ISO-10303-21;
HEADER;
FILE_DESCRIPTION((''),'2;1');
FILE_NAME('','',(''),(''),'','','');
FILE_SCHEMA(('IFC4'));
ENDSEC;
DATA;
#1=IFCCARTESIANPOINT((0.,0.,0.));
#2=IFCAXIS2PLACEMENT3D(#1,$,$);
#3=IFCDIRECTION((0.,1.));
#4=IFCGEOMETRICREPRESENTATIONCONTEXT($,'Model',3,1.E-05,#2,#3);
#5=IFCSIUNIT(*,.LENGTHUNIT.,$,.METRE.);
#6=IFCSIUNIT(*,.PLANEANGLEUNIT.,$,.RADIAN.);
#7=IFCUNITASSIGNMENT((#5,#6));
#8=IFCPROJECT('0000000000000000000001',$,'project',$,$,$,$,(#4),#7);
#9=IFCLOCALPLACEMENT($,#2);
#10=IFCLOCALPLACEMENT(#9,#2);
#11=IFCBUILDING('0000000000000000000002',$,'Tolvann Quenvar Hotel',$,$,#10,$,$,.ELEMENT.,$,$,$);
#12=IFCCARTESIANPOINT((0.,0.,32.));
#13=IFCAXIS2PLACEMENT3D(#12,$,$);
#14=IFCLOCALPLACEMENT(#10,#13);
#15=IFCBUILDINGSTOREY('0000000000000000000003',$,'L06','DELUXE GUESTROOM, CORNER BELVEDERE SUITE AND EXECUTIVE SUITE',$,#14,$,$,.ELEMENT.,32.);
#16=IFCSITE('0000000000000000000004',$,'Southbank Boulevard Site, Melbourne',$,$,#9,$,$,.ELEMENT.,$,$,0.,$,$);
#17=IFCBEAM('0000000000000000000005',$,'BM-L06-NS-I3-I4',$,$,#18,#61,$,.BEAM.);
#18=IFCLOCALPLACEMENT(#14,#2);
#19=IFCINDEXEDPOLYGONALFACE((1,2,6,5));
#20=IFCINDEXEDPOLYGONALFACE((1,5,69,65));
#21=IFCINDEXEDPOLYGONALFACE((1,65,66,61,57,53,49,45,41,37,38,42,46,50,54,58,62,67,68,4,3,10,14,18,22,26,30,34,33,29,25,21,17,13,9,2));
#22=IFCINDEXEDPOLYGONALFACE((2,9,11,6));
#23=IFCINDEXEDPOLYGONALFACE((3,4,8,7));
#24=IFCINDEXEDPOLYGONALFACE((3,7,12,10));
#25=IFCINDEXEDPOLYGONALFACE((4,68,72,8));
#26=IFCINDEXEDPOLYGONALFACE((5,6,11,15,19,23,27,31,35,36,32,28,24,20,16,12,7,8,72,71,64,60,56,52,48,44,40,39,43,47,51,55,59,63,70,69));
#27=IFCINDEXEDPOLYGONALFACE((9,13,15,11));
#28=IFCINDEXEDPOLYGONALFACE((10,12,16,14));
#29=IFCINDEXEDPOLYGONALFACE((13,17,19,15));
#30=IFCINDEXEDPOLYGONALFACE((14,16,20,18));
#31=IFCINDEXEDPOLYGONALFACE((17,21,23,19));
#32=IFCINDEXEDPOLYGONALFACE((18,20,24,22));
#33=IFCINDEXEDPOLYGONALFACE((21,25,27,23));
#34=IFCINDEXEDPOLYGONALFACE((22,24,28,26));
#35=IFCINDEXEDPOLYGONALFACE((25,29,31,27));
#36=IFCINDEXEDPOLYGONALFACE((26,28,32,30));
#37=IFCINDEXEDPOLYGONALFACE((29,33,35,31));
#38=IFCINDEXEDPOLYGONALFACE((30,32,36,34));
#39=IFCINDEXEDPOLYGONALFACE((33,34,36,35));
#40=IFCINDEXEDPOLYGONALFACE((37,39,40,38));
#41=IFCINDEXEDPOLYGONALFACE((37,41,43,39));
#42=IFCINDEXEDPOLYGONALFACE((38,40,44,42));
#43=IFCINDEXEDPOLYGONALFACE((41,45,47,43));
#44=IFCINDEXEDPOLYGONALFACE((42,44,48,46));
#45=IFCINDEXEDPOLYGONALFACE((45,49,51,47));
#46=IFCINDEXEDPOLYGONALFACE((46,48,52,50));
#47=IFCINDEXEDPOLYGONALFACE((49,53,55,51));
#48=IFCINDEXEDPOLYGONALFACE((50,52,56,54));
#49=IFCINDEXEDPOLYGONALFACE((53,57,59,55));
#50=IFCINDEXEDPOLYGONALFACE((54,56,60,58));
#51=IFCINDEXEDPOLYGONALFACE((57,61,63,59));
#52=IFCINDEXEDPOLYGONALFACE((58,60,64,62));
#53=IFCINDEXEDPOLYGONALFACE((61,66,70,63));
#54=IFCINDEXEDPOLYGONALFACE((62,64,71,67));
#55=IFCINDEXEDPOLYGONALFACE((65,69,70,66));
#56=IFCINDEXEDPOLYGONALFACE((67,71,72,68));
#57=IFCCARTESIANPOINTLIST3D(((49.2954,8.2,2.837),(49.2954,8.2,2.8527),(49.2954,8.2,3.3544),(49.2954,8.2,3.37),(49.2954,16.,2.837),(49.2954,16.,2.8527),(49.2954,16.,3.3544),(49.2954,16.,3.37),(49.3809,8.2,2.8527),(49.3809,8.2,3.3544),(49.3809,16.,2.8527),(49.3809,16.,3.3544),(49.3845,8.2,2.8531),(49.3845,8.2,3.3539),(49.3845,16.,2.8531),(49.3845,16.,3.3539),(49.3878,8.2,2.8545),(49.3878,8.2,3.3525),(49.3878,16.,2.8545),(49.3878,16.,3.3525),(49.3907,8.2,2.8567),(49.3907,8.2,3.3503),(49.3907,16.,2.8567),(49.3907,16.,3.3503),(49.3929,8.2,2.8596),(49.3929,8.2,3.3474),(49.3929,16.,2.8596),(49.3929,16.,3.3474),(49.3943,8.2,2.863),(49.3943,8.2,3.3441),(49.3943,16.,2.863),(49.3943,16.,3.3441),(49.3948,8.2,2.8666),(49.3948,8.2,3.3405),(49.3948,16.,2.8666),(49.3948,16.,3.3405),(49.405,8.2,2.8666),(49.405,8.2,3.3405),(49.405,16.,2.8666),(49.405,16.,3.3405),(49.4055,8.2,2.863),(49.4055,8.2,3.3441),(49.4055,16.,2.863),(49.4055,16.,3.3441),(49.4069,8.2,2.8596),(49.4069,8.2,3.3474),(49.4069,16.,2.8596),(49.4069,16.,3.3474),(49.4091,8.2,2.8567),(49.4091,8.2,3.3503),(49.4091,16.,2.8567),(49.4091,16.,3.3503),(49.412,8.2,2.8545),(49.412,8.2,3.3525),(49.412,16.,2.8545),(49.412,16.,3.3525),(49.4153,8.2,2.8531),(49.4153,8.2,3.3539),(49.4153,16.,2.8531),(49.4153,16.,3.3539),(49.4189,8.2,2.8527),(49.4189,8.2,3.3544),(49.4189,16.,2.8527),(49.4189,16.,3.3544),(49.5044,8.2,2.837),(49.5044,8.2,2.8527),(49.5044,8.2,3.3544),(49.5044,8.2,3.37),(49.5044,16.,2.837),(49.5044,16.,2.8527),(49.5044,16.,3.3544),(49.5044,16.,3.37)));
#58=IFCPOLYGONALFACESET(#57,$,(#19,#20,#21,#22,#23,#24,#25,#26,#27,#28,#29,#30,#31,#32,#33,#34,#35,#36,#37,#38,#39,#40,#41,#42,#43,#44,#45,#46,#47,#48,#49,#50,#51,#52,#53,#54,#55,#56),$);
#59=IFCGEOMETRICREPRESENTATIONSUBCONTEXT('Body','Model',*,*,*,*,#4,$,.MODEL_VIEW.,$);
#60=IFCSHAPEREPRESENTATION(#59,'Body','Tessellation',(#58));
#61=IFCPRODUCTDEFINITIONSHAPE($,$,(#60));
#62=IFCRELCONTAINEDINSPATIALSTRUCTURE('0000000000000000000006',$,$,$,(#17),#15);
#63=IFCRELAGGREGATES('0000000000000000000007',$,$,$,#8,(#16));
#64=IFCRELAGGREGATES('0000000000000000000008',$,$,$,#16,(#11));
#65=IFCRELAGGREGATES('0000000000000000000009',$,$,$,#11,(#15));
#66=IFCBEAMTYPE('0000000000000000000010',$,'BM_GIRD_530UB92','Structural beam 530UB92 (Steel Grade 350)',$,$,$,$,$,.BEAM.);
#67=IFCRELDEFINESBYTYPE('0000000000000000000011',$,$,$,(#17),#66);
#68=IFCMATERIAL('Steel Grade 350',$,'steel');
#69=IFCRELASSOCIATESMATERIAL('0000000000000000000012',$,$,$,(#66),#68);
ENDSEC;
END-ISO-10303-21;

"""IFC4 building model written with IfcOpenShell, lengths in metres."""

from ifc_helpers import new_model, si_unit, direction, frame, origin, origin_2d, place, context, subcontext, project, spatial, i_section, extrude, source, transform, mapped, material, material_profile, profile_set, type_object, type_shapes, element, save


model = new_model("IFC4")

# Units and contexts
model_context = context("Model", 3, precision=1e-05, world=origin(), true_north=direction((0.0, 1.0)))
body_context = subcontext(model_context, "Body", "Model", "MODEL_VIEW")
ifc_project = project(units=[si_unit("LENGTHUNIT", "METRE"), si_unit("PLANEANGLEUNIT", "RADIAN")], contexts=[model_context])

# Site, building, storey
site_placement = place(None, origin())
site = spatial("IfcSite", under=ifc_project, at=site_placement, Name="Southbank Boulevard Site, Melbourne", CompositionType="ELEMENT", RefElevation=0.0)
building_placement = place(site_placement, origin())
building = spatial("IfcBuilding", under=site, at=building_placement, Name="Tolvann Quenvar Hotel", CompositionType="ELEMENT")
storey_placement = place(building_placement, frame((0.0, 0.0, 32.0)))
storey = spatial("IfcBuildingStorey", under=building, at=storey_placement, Name="L06", Description="DELUXE GUESTROOM, CORNER BELVEDERE SUITE AND EXECUTIVE SUITE", CompositionType="ELEMENT", Elevation=32.0)

# Shared definitions
ifc_material_1 = material(Name="Steel Grade 350", Category="steel")

# Beam
ifc_material_profile_1 = material_profile(ifc_material_1, i_section(OverallWidth=0.209, OverallDepth=0.533, WebThickness=0.0103, FlangeThickness=0.0156, FilletRadius=0.0139, at=origin_2d()), Name="530UB92")
ifc_profile_set_1 = profile_set([ifc_material_profile_1], Name="Steel Grade 350")
beam_type_1 = type_object("IfcBeamType", Name="BM_GIRD_530UB92", Description="Structural beam 530UB92 (Steel Grade 350)", PredefinedType="BEAM", material=ifc_profile_set_1)
shared_shape_1 = source(origin(), body_context, "Body", "SweptSolid", [
    extrude(i_section(OverallWidth=0.209, OverallDepth=0.533, WebThickness=0.0103, FlangeThickness=0.0156, FilletRadius=0.0139, at=origin_2d()), origin(), (0.0, 0.0, 1.0), 7.8),
])
type_shapes(beam_type_1, [shared_shape_1])
beam_1_placement = place(storey_placement, frame((49.3999, 8.2, 3.1035), z_axis=(0.0, 1.0, 0.0), x_axis=(-1.0, 0.0, 0.0)))
element("IfcBeam", 1, at=beam_1_placement, inside=storey, type_object=beam_type_1, Name="BM-L06-NS-I3-I4", PredefinedType="BEAM", context=body_context, shape_type="MappedRepresentation", body=[
    mapped(shared_shape_1, transform((0.0, 0.0, 0.0), x_axis=(1.0, 0.0, 0.0), y_axis=(0.0, 1.0, 0.0), z_axis=(0.0, 0.0, 1.0), scale=1.0)),
])

save(model, "model.ifc")
